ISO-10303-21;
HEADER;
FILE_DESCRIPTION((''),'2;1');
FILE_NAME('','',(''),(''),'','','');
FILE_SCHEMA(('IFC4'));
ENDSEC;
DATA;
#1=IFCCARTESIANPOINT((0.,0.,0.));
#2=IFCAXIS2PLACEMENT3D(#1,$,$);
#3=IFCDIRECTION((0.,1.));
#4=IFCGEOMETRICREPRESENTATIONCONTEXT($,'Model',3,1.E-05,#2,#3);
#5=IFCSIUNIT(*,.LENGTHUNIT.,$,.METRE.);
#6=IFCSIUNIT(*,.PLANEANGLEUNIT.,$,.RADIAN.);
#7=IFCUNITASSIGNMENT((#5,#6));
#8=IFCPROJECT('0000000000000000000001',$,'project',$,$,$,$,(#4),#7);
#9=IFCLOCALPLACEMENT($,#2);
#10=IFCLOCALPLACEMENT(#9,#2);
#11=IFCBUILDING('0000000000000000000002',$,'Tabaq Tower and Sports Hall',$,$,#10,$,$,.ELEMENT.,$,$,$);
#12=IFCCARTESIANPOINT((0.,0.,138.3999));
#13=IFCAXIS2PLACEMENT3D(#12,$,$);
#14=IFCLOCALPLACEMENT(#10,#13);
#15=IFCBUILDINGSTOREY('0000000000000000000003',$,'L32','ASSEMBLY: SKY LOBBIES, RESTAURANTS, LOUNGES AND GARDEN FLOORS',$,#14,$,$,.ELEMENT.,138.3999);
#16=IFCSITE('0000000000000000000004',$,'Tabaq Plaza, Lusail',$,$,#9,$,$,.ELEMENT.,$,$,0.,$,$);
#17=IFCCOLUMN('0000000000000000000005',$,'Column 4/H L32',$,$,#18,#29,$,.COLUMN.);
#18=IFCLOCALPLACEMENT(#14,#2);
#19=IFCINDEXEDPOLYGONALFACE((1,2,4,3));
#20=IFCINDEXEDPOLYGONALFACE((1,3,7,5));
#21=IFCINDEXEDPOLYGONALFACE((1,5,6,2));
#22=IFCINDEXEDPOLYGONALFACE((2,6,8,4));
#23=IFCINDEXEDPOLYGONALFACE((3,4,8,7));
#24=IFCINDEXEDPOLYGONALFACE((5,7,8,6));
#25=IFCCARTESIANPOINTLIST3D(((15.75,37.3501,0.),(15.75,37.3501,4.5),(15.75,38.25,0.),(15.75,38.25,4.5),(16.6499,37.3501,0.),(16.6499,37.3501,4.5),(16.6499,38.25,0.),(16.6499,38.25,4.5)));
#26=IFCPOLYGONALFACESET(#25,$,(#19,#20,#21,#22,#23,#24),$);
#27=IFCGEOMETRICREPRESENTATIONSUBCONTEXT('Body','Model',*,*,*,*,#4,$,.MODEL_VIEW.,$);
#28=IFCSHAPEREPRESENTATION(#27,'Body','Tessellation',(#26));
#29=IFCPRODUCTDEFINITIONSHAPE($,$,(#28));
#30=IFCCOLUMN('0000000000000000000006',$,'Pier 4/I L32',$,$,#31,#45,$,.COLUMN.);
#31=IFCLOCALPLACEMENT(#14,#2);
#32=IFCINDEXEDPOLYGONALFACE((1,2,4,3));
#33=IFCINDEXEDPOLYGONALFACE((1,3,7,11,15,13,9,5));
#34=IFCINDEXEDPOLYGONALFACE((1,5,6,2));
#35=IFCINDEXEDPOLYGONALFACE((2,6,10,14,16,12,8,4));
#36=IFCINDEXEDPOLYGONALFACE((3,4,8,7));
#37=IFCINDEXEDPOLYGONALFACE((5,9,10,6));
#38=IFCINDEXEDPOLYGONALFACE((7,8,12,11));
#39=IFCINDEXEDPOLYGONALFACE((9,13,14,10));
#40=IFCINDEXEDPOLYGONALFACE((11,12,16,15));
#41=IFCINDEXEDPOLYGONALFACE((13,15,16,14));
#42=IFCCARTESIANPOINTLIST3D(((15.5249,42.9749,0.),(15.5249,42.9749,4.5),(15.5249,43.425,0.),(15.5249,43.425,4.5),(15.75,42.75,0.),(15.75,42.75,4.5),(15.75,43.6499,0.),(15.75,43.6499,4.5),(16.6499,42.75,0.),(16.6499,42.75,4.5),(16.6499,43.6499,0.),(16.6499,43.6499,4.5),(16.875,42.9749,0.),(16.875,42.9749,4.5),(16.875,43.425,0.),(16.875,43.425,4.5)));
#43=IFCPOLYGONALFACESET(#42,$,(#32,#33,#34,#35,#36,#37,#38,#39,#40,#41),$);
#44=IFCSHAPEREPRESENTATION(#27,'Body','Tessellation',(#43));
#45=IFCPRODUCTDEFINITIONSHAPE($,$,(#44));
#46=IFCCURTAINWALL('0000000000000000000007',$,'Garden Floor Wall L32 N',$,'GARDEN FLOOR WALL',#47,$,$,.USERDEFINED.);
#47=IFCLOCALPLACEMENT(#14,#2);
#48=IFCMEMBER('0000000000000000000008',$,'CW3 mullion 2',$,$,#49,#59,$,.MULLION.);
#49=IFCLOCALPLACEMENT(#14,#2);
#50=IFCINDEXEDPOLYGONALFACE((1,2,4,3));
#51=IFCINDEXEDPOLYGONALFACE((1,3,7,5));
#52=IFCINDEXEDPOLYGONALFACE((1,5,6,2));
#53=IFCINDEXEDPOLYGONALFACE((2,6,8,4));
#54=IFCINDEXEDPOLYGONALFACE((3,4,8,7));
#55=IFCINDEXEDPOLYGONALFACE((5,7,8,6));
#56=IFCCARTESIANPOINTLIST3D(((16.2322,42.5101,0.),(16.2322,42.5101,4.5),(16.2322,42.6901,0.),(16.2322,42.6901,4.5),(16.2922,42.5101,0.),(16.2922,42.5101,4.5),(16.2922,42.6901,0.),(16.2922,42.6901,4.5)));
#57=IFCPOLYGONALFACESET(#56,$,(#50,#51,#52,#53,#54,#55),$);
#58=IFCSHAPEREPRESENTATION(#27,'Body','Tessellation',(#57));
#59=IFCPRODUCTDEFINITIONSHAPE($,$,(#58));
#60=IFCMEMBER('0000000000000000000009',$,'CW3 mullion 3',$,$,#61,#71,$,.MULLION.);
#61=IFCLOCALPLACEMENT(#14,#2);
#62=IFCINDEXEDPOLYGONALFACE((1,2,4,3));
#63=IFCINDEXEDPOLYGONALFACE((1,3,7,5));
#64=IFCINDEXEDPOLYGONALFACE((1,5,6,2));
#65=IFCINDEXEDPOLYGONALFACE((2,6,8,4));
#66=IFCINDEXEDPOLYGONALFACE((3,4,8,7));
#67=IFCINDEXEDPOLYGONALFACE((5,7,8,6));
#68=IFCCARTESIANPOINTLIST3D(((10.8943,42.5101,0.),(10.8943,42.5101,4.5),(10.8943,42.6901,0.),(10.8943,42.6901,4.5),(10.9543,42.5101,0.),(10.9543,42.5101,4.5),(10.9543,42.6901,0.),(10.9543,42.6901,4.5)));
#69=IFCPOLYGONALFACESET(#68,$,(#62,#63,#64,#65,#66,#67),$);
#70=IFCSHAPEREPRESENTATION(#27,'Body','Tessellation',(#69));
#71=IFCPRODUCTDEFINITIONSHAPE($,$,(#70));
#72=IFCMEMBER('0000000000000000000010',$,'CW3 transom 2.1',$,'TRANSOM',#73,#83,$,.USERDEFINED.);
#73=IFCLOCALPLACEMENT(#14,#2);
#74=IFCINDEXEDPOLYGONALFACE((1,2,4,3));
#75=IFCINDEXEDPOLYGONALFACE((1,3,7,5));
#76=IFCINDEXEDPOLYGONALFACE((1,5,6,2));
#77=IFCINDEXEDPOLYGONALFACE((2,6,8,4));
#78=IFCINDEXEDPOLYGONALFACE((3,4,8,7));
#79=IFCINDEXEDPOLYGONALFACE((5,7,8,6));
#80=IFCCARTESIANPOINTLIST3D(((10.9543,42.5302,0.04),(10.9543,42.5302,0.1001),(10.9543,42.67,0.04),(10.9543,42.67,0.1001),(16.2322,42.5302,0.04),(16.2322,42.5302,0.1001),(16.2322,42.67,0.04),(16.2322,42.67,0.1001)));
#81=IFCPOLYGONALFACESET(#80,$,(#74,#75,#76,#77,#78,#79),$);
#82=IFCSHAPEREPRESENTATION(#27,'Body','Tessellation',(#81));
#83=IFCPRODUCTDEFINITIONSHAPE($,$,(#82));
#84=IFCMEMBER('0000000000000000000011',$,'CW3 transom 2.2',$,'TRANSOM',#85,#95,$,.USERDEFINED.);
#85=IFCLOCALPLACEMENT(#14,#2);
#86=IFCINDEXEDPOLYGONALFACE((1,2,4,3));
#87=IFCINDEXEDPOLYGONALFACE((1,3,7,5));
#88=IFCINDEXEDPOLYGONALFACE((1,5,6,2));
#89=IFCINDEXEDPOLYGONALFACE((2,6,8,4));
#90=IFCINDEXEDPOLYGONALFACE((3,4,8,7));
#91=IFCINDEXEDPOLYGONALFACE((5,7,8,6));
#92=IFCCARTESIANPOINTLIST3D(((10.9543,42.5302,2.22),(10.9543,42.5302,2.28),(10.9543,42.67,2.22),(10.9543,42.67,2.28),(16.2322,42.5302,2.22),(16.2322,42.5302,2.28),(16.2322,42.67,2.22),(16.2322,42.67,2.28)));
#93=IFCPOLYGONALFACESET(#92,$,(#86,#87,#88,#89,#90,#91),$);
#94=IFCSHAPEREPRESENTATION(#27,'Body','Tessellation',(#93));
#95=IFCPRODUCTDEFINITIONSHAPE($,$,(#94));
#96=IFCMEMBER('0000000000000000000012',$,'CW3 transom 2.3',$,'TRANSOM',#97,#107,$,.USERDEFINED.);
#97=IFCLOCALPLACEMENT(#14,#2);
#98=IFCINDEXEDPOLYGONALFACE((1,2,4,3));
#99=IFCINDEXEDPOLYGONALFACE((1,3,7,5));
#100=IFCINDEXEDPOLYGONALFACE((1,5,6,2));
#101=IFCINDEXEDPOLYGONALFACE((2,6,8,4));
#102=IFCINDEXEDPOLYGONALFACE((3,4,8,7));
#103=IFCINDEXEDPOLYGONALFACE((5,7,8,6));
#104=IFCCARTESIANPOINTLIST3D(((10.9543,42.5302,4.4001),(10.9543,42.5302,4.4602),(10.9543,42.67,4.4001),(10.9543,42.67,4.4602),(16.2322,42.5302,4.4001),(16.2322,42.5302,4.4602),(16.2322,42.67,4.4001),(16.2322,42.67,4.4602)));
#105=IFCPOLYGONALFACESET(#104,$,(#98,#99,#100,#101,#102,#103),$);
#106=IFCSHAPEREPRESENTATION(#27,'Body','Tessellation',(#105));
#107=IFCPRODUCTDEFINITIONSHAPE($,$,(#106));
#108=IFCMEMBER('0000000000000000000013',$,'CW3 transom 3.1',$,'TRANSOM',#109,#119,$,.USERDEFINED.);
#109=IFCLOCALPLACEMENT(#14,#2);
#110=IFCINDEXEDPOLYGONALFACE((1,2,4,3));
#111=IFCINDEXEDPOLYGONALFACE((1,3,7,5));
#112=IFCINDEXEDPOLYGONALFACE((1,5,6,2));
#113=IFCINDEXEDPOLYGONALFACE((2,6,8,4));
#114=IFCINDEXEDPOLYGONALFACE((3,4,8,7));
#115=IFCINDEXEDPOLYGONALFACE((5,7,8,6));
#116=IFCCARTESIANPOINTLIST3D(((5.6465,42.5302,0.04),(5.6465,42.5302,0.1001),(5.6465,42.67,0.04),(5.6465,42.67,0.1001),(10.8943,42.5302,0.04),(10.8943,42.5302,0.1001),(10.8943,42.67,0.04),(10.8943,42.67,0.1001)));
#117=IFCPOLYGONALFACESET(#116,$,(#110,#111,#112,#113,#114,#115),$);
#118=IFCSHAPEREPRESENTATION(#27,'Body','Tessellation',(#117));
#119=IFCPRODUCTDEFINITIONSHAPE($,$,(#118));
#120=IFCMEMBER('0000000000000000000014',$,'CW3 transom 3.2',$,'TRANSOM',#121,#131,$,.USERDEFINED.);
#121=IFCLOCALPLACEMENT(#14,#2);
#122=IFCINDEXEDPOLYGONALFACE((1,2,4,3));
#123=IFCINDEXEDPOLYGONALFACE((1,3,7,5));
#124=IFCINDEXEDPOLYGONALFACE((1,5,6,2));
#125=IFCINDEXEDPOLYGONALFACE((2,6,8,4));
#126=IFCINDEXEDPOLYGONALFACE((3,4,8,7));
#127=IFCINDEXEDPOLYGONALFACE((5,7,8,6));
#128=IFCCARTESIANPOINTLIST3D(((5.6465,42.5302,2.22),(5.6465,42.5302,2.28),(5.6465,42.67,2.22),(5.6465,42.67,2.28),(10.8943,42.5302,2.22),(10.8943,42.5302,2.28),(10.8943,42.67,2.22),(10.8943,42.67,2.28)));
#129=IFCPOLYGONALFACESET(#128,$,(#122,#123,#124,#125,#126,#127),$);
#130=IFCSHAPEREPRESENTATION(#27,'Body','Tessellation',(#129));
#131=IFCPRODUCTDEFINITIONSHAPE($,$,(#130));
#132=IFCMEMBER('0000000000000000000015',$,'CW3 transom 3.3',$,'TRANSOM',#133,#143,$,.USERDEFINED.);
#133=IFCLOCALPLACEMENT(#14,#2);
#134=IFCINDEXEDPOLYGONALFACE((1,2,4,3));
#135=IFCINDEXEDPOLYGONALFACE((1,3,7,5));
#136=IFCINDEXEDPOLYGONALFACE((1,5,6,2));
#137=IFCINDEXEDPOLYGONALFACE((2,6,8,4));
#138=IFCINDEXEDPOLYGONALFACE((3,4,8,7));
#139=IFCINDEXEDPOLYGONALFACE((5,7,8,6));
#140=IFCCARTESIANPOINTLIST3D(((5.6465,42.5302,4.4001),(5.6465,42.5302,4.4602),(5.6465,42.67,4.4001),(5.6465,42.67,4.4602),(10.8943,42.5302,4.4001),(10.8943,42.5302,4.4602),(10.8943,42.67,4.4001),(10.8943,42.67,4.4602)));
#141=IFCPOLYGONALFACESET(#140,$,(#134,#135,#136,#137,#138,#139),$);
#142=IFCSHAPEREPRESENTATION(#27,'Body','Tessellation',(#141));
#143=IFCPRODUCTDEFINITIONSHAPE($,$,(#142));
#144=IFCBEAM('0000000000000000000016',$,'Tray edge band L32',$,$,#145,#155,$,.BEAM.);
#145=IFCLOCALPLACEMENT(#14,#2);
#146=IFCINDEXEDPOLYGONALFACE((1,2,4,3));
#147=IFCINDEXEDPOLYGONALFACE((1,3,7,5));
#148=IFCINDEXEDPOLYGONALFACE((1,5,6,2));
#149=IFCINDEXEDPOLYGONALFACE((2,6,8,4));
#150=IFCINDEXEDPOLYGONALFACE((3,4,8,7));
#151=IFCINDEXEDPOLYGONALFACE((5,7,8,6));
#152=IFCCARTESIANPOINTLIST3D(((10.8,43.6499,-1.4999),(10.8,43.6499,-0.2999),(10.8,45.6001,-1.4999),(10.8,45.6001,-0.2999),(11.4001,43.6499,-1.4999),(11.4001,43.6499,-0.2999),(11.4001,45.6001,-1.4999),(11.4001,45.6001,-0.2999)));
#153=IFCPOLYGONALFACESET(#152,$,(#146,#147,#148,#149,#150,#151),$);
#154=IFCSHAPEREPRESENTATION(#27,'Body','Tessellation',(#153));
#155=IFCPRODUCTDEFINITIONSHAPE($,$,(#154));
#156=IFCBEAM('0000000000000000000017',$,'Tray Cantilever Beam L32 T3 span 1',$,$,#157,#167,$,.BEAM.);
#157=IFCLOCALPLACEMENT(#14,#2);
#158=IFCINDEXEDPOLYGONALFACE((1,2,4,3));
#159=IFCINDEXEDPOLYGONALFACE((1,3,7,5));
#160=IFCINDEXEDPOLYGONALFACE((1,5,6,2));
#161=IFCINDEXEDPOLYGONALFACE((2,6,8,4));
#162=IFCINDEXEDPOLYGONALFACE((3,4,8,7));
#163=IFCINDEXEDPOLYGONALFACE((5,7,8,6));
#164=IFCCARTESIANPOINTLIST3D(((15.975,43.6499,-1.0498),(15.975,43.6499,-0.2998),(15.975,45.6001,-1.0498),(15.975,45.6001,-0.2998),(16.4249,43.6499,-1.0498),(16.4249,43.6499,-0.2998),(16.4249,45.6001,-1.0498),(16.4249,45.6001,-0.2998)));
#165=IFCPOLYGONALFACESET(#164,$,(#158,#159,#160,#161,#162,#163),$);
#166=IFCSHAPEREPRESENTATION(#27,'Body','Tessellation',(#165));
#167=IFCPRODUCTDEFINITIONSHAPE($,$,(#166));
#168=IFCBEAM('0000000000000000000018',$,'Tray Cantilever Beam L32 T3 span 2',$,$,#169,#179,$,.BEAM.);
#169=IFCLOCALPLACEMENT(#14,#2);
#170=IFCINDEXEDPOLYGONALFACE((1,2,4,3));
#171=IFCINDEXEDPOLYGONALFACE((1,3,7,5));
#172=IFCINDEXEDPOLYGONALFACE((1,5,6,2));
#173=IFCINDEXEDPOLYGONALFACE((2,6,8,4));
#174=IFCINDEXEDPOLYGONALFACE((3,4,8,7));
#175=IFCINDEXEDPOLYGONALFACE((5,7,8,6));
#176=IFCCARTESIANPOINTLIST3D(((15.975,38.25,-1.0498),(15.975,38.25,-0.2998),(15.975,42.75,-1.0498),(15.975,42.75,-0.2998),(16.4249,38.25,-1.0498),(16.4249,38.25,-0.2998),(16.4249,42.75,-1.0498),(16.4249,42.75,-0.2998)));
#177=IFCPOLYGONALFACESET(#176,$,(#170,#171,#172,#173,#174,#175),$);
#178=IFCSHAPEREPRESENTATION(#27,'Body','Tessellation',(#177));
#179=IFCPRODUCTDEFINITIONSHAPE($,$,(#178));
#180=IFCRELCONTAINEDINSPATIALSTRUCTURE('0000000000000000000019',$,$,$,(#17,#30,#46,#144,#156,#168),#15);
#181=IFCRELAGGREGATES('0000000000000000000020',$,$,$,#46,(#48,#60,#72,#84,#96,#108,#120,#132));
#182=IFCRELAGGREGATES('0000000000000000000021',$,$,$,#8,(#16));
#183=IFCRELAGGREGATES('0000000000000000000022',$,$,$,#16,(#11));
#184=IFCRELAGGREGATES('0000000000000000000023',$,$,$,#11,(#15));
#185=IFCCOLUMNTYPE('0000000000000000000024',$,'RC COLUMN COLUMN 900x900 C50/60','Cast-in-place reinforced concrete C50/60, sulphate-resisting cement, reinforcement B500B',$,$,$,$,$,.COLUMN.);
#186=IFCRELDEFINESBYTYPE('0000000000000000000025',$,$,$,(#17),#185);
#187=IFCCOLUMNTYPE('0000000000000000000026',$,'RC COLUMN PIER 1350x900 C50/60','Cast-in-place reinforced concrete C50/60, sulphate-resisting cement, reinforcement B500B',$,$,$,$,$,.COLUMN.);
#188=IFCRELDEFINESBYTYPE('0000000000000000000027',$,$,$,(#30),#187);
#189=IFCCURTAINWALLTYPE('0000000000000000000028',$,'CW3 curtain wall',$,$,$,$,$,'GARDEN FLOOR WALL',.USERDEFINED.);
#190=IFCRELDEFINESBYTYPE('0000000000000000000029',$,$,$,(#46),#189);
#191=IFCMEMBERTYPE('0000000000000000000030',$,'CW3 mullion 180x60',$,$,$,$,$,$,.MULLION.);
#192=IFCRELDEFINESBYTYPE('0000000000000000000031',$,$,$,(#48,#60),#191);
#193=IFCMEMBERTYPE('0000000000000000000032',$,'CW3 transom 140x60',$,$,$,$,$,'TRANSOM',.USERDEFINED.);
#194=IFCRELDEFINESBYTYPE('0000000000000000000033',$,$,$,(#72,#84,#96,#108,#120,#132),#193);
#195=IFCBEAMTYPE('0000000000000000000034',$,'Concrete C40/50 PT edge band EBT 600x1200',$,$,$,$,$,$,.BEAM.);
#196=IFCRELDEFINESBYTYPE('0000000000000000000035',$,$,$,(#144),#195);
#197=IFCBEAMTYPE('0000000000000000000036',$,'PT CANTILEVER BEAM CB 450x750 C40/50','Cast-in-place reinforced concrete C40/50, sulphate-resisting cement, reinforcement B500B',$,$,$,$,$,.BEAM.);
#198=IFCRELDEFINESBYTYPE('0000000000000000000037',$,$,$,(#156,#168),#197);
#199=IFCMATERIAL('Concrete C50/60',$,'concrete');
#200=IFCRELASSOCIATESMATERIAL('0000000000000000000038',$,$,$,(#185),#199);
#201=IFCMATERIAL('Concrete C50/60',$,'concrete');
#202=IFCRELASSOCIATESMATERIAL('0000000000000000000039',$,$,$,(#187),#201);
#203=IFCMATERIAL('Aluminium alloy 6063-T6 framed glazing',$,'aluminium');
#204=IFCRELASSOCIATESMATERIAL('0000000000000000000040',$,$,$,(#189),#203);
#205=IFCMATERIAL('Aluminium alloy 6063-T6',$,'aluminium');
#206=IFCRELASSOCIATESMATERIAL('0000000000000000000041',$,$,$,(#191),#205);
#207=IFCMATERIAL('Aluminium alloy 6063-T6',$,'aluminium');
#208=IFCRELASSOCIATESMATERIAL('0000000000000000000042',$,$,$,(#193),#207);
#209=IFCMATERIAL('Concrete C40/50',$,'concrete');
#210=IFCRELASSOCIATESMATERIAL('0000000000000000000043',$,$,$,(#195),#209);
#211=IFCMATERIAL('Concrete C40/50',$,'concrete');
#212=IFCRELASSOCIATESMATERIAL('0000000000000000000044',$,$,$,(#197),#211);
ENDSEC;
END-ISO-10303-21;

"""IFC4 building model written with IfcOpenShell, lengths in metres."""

from ifc_helpers import new_model, si_unit, direction, frame, origin, origin_2d, place, context, subcontext, project, spatial, polyline, rectangle, outline, extrude, material, material_profile, profile_set, type_object, element, aggregate, save


model = new_model("IFC4")

# Units and contexts
model_context = context("Model", 3, precision=1e-05, world=origin(), true_north=direction((0.0, 1.0)))
body_context = subcontext(model_context, "Body", "Model", "MODEL_VIEW")
ifc_project = project(units=[si_unit("LENGTHUNIT", "METRE"), si_unit("PLANEANGLEUNIT", "RADIAN")], contexts=[model_context])

# Site, building, storey
site_placement = place(None, origin())
site = spatial("IfcSite", under=ifc_project, at=site_placement, Name="Tabaq Plaza, Lusail", CompositionType="ELEMENT", RefElevation=0.0)
building_placement = place(site_placement, origin())
building = spatial("IfcBuilding", under=site, at=building_placement, Name="Tabaq Tower and Sports Hall", CompositionType="ELEMENT")
storey_placement = place(building_placement, frame((0.0, 0.0, 138.3999)))
storey = spatial("IfcBuildingStorey", under=building, at=storey_placement, Name="L32", Description="ASSEMBLY: SKY LOBBIES, RESTAURANTS, LOUNGES AND GARDEN FLOORS", CompositionType="ELEMENT", Elevation=138.3999)

# Columns
ifc_material_1 = material(Name="Concrete C50/60", Category="concrete")
ifc_material_profile_1 = material_profile(ifc_material_1, rectangle(XDim=0.8999, YDim=0.8999, at=origin_2d()), Name="COLUMN 900x900")
ifc_profile_set_1 = profile_set([ifc_material_profile_1], Name="Concrete C50/60")
column_type_1 = type_object("IfcColumnType", Name="RC COLUMN COLUMN 900x900 C50/60", Description="Cast-in-place reinforced concrete C50/60, sulphate-resisting cement, reinforcement B500B", PredefinedType="COLUMN", material=ifc_profile_set_1)
column_1_placement = place(storey_placement, frame((16.2, 37.8, 0.0), z_axis=(0.0, 0.0, 1.0), x_axis=(1.0, 0.0, 0.0)))
element("IfcColumn", 1, at=column_1_placement, inside=storey, type_object=column_type_1, Name="Column 4/H L32", PredefinedType="COLUMN", context=body_context, shape_type="SweptSolid", body=[
    extrude(rectangle(XDim=0.8999, YDim=0.8999, at=origin_2d()), origin(), (0.0, 0.0, 1.0), 4.5),
])
ifc_material_2 = material(Name="Concrete C50/60", Category="concrete")
ifc_material_profile_2 = material_profile(ifc_material_2, outline(polyline([(-0.45, -0.45), (0.45, -0.45), (0.675, -0.2251), (0.675, 0.2251), (0.45, 0.45), (-0.45, 0.45), (-0.675, 0.2251), (-0.675, -0.2251), (-0.45, -0.45)])), Name="PIER 1350x900")
ifc_profile_set_2 = profile_set([ifc_material_profile_2], Name="Concrete C50/60")
column_type_2 = type_object("IfcColumnType", Name="RC COLUMN PIER 1350x900 C50/60", Description="Cast-in-place reinforced concrete C50/60, sulphate-resisting cement, reinforcement B500B", PredefinedType="COLUMN", material=ifc_profile_set_2)
column_2_placement = place(storey_placement, frame((16.2, 43.2, 0.0), z_axis=(0.0, 0.0, 1.0), x_axis=(1.0, 0.0, 0.0)))
element("IfcColumn", 2, at=column_2_placement, inside=storey, type_object=column_type_2, Name="Pier 4/I L32", PredefinedType="COLUMN", context=body_context, shape_type="SweptSolid", body=[
    extrude(outline(polyline([(-0.45, -0.45), (0.45, -0.45), (0.675, -0.2251), (0.675, 0.2251), (0.45, 0.45), (-0.45, 0.45), (-0.675, 0.2251), (-0.675, -0.2251), (-0.45, -0.45)])), origin(), (0.0, 0.0, 1.0), 4.5),
])

# Curtain wall, members
ifc_material_3 = material(Name="Aluminium alloy 6063-T6 framed glazing", Category="aluminium")
curtain_wall_type = type_object("IfcCurtainWallType", Name="CW3 curtain wall", ElementType="GARDEN FLOOR WALL", PredefinedType="USERDEFINED", material=ifc_material_3)
curtain_wall_placement = place(storey_placement, origin())
curtain_wall = element("IfcCurtainWall", 3, at=curtain_wall_placement, inside=storey, type_object=curtain_wall_type, Name="Garden Floor Wall L32 N", ObjectType="GARDEN FLOOR WALL", PredefinedType="USERDEFINED")
ifc_material_4 = material(Name="Aluminium alloy 6063-T6", Category="aluminium")
ifc_material_profile_3 = material_profile(ifc_material_4, rectangle(XDim=0.1799, YDim=0.0601, at=origin_2d()), Name="MULLION 180x60")
ifc_profile_set_3 = profile_set([ifc_material_profile_3], Name="Aluminium alloy 6063-T6")
member_type_1 = type_object("IfcMemberType", Name="CW3 mullion 180x60", PredefinedType="MULLION", material=ifc_profile_set_3)
member_1_placement = place(storey_placement, frame((16.2622, 42.6001, 0.0), z_axis=(0.0, 0.0, 1.0), x_axis=(0.0, -1.0, 0.0)))
member_1 = element("IfcMember", 4, at=member_1_placement, type_object=member_type_1, Name="CW3 mullion 2", PredefinedType="MULLION", context=body_context, shape_type="SweptSolid", body=[
    extrude(rectangle(XDim=0.1799, YDim=0.0601, at=origin_2d()), origin(), (0.0, 0.0, 1.0), 4.5),
])
member_2_placement = place(storey_placement, frame((10.9243, 42.6001, 0.0), z_axis=(0.0, 0.0, 1.0), x_axis=(0.0, -1.0, 0.0)))
member_2 = element("IfcMember", 5, at=member_2_placement, type_object=member_type_1, Name="CW3 mullion 3", PredefinedType="MULLION", context=body_context, shape_type="SweptSolid", body=[
    extrude(rectangle(XDim=0.1799, YDim=0.0601, at=origin_2d()), origin(), (0.0, 0.0, 1.0), 4.5),
])
ifc_material_5 = material(Name="Aluminium alloy 6063-T6", Category="aluminium")
ifc_material_profile_4 = material_profile(ifc_material_5, rectangle(XDim=0.1399, YDim=0.0601, at=origin_2d()), Name="TRANSOM 140x60")
ifc_profile_set_4 = profile_set([ifc_material_profile_4], Name="Aluminium alloy 6063-T6")
member_type_2 = type_object("IfcMemberType", Name="CW3 transom 140x60", ElementType="TRANSOM", PredefinedType="USERDEFINED", material=ifc_profile_set_4)
member_3_placement = place(storey_placement, frame((16.2322, 42.6001, 0.0701), z_axis=(-1.0, 0.0, 0.0), x_axis=(0.0, -1.0, 0.0)))
member_3 = element("IfcMember", 6, at=member_3_placement, type_object=member_type_2, Name="CW3 transom 2.1", ObjectType="TRANSOM", PredefinedType="USERDEFINED", context=body_context, shape_type="SweptSolid", body=[
    extrude(rectangle(XDim=0.1399, YDim=0.0601, at=origin_2d()), origin(), (0.0, 0.0, 1.0), 5.2778),
])
member_4_placement = place(storey_placement, frame((16.2322, 42.6001, 2.25), z_axis=(-1.0, 0.0, 0.0), x_axis=(0.0, -1.0, 0.0)))
member_4 = element("IfcMember", 7, at=member_4_placement, type_object=member_type_2, Name="CW3 transom 2.2", ObjectType="TRANSOM", PredefinedType="USERDEFINED", context=body_context, shape_type="SweptSolid", body=[
    extrude(rectangle(XDim=0.1399, YDim=0.0601, at=origin_2d()), origin(), (0.0, 0.0, 1.0), 5.2778),
])
member_5_placement = place(storey_placement, frame((16.2322, 42.6001, 4.4302), z_axis=(-1.0, 0.0, 0.0), x_axis=(0.0, -1.0, 0.0)))
member_5 = element("IfcMember", 8, at=member_5_placement, type_object=member_type_2, Name="CW3 transom 2.3", ObjectType="TRANSOM", PredefinedType="USERDEFINED", context=body_context, shape_type="SweptSolid", body=[
    extrude(rectangle(XDim=0.1399, YDim=0.0601, at=origin_2d()), origin(), (0.0, 0.0, 1.0), 5.2778),
])
member_6_placement = place(storey_placement, frame((10.8943, 42.6001, 0.0701), z_axis=(-1.0, 0.0, 0.0), x_axis=(0.0, -1.0, 0.0)))
member_6 = element("IfcMember", 9, at=member_6_placement, type_object=member_type_2, Name="CW3 transom 3.1", ObjectType="TRANSOM", PredefinedType="USERDEFINED", context=body_context, shape_type="SweptSolid", body=[
    extrude(rectangle(XDim=0.1399, YDim=0.0601, at=origin_2d()), origin(), (0.0, 0.0, 1.0), 5.2478),
])
member_7_placement = place(storey_placement, frame((10.8943, 42.6001, 2.25), z_axis=(-1.0, 0.0, 0.0), x_axis=(0.0, -1.0, 0.0)))
member_7 = element("IfcMember", 10, at=member_7_placement, type_object=member_type_2, Name="CW3 transom 3.2", ObjectType="TRANSOM", PredefinedType="USERDEFINED", context=body_context, shape_type="SweptSolid", body=[
    extrude(rectangle(XDim=0.1399, YDim=0.0601, at=origin_2d()), origin(), (0.0, 0.0, 1.0), 5.2478),
])
member_8_placement = place(storey_placement, frame((10.8943, 42.6001, 4.4302), z_axis=(-1.0, 0.0, 0.0), x_axis=(0.0, -1.0, 0.0)))
member_8 = element("IfcMember", 11, at=member_8_placement, type_object=member_type_2, Name="CW3 transom 3.3", ObjectType="TRANSOM", PredefinedType="USERDEFINED", context=body_context, shape_type="SweptSolid", body=[
    extrude(rectangle(XDim=0.1399, YDim=0.0601, at=origin_2d()), origin(), (0.0, 0.0, 1.0), 5.2478),
])

# Beams
ifc_material_6 = material(Name="Concrete C40/50", Category="concrete")
ifc_material_profile_5 = material_profile(ifc_material_6, rectangle(XDim=0.6001, YDim=1.2, at=origin_2d()), Name="EBT 600x1200")
ifc_profile_set_5 = profile_set([ifc_material_profile_5], Name="Concrete C40/50")
beam_type_1 = type_object("IfcBeamType", Name="Concrete C40/50 PT edge band EBT 600x1200", PredefinedType="BEAM", material=ifc_profile_set_5)
beam_1_placement = place(storey_placement, frame((11.1001, 43.6499, -0.8999), z_axis=(0.0, 1.0, 0.0), x_axis=(-1.0, 0.0, 0.0)))
element("IfcBeam", 12, at=beam_1_placement, inside=storey, type_object=beam_type_1, Name="Tray edge band L32", PredefinedType="BEAM", context=body_context, shape_type="SweptSolid", body=[
    extrude(rectangle(XDim=0.6001, YDim=1.2, at=origin_2d()), origin(), (0.0, 0.0, 1.0), 1.9502),
])
ifc_material_7 = material(Name="Concrete C40/50", Category="concrete")
ifc_material_profile_6 = material_profile(ifc_material_7, rectangle(XDim=0.45, YDim=0.75, at=origin_2d()), Name="CB 450x750")
ifc_profile_set_6 = profile_set([ifc_material_profile_6], Name="Concrete C40/50")
beam_type_2 = type_object("IfcBeamType", Name="PT CANTILEVER BEAM CB 450x750 C40/50", Description="Cast-in-place reinforced concrete C40/50, sulphate-resisting cement, reinforcement B500B", PredefinedType="BEAM", material=ifc_profile_set_6)
beam_2_placement = place(storey_placement, frame((16.2, 45.6001, -0.6748), z_axis=(0.0, -1.0, 0.0), x_axis=(1.0, 0.0, 0.0)))
element("IfcBeam", 13, at=beam_2_placement, inside=storey, type_object=beam_type_2, Name="Tray Cantilever Beam L32 T3 span 1", PredefinedType="BEAM", context=body_context, shape_type="SweptSolid", body=[
    extrude(rectangle(XDim=0.45, YDim=0.75, at=origin_2d()), origin(), (0.0, 0.0, 1.0), 1.9502),
])
beam_3_placement = place(storey_placement, frame((16.2, 42.75, -0.6748), z_axis=(0.0, -1.0, 0.0), x_axis=(1.0, 0.0, 0.0)))
element("IfcBeam", 14, at=beam_3_placement, inside=storey, type_object=beam_type_2, Name="Tray Cantilever Beam L32 T3 span 2", PredefinedType="BEAM", context=body_context, shape_type="SweptSolid", body=[
    extrude(rectangle(XDim=0.45, YDim=0.75, at=origin_2d()), origin(), (0.0, 0.0, 1.0), 4.5),
])

aggregate(curtain_wall, [member_1, member_2, member_3, member_4, member_5, member_6, member_7, member_8])

save(model, "model.ifc")
